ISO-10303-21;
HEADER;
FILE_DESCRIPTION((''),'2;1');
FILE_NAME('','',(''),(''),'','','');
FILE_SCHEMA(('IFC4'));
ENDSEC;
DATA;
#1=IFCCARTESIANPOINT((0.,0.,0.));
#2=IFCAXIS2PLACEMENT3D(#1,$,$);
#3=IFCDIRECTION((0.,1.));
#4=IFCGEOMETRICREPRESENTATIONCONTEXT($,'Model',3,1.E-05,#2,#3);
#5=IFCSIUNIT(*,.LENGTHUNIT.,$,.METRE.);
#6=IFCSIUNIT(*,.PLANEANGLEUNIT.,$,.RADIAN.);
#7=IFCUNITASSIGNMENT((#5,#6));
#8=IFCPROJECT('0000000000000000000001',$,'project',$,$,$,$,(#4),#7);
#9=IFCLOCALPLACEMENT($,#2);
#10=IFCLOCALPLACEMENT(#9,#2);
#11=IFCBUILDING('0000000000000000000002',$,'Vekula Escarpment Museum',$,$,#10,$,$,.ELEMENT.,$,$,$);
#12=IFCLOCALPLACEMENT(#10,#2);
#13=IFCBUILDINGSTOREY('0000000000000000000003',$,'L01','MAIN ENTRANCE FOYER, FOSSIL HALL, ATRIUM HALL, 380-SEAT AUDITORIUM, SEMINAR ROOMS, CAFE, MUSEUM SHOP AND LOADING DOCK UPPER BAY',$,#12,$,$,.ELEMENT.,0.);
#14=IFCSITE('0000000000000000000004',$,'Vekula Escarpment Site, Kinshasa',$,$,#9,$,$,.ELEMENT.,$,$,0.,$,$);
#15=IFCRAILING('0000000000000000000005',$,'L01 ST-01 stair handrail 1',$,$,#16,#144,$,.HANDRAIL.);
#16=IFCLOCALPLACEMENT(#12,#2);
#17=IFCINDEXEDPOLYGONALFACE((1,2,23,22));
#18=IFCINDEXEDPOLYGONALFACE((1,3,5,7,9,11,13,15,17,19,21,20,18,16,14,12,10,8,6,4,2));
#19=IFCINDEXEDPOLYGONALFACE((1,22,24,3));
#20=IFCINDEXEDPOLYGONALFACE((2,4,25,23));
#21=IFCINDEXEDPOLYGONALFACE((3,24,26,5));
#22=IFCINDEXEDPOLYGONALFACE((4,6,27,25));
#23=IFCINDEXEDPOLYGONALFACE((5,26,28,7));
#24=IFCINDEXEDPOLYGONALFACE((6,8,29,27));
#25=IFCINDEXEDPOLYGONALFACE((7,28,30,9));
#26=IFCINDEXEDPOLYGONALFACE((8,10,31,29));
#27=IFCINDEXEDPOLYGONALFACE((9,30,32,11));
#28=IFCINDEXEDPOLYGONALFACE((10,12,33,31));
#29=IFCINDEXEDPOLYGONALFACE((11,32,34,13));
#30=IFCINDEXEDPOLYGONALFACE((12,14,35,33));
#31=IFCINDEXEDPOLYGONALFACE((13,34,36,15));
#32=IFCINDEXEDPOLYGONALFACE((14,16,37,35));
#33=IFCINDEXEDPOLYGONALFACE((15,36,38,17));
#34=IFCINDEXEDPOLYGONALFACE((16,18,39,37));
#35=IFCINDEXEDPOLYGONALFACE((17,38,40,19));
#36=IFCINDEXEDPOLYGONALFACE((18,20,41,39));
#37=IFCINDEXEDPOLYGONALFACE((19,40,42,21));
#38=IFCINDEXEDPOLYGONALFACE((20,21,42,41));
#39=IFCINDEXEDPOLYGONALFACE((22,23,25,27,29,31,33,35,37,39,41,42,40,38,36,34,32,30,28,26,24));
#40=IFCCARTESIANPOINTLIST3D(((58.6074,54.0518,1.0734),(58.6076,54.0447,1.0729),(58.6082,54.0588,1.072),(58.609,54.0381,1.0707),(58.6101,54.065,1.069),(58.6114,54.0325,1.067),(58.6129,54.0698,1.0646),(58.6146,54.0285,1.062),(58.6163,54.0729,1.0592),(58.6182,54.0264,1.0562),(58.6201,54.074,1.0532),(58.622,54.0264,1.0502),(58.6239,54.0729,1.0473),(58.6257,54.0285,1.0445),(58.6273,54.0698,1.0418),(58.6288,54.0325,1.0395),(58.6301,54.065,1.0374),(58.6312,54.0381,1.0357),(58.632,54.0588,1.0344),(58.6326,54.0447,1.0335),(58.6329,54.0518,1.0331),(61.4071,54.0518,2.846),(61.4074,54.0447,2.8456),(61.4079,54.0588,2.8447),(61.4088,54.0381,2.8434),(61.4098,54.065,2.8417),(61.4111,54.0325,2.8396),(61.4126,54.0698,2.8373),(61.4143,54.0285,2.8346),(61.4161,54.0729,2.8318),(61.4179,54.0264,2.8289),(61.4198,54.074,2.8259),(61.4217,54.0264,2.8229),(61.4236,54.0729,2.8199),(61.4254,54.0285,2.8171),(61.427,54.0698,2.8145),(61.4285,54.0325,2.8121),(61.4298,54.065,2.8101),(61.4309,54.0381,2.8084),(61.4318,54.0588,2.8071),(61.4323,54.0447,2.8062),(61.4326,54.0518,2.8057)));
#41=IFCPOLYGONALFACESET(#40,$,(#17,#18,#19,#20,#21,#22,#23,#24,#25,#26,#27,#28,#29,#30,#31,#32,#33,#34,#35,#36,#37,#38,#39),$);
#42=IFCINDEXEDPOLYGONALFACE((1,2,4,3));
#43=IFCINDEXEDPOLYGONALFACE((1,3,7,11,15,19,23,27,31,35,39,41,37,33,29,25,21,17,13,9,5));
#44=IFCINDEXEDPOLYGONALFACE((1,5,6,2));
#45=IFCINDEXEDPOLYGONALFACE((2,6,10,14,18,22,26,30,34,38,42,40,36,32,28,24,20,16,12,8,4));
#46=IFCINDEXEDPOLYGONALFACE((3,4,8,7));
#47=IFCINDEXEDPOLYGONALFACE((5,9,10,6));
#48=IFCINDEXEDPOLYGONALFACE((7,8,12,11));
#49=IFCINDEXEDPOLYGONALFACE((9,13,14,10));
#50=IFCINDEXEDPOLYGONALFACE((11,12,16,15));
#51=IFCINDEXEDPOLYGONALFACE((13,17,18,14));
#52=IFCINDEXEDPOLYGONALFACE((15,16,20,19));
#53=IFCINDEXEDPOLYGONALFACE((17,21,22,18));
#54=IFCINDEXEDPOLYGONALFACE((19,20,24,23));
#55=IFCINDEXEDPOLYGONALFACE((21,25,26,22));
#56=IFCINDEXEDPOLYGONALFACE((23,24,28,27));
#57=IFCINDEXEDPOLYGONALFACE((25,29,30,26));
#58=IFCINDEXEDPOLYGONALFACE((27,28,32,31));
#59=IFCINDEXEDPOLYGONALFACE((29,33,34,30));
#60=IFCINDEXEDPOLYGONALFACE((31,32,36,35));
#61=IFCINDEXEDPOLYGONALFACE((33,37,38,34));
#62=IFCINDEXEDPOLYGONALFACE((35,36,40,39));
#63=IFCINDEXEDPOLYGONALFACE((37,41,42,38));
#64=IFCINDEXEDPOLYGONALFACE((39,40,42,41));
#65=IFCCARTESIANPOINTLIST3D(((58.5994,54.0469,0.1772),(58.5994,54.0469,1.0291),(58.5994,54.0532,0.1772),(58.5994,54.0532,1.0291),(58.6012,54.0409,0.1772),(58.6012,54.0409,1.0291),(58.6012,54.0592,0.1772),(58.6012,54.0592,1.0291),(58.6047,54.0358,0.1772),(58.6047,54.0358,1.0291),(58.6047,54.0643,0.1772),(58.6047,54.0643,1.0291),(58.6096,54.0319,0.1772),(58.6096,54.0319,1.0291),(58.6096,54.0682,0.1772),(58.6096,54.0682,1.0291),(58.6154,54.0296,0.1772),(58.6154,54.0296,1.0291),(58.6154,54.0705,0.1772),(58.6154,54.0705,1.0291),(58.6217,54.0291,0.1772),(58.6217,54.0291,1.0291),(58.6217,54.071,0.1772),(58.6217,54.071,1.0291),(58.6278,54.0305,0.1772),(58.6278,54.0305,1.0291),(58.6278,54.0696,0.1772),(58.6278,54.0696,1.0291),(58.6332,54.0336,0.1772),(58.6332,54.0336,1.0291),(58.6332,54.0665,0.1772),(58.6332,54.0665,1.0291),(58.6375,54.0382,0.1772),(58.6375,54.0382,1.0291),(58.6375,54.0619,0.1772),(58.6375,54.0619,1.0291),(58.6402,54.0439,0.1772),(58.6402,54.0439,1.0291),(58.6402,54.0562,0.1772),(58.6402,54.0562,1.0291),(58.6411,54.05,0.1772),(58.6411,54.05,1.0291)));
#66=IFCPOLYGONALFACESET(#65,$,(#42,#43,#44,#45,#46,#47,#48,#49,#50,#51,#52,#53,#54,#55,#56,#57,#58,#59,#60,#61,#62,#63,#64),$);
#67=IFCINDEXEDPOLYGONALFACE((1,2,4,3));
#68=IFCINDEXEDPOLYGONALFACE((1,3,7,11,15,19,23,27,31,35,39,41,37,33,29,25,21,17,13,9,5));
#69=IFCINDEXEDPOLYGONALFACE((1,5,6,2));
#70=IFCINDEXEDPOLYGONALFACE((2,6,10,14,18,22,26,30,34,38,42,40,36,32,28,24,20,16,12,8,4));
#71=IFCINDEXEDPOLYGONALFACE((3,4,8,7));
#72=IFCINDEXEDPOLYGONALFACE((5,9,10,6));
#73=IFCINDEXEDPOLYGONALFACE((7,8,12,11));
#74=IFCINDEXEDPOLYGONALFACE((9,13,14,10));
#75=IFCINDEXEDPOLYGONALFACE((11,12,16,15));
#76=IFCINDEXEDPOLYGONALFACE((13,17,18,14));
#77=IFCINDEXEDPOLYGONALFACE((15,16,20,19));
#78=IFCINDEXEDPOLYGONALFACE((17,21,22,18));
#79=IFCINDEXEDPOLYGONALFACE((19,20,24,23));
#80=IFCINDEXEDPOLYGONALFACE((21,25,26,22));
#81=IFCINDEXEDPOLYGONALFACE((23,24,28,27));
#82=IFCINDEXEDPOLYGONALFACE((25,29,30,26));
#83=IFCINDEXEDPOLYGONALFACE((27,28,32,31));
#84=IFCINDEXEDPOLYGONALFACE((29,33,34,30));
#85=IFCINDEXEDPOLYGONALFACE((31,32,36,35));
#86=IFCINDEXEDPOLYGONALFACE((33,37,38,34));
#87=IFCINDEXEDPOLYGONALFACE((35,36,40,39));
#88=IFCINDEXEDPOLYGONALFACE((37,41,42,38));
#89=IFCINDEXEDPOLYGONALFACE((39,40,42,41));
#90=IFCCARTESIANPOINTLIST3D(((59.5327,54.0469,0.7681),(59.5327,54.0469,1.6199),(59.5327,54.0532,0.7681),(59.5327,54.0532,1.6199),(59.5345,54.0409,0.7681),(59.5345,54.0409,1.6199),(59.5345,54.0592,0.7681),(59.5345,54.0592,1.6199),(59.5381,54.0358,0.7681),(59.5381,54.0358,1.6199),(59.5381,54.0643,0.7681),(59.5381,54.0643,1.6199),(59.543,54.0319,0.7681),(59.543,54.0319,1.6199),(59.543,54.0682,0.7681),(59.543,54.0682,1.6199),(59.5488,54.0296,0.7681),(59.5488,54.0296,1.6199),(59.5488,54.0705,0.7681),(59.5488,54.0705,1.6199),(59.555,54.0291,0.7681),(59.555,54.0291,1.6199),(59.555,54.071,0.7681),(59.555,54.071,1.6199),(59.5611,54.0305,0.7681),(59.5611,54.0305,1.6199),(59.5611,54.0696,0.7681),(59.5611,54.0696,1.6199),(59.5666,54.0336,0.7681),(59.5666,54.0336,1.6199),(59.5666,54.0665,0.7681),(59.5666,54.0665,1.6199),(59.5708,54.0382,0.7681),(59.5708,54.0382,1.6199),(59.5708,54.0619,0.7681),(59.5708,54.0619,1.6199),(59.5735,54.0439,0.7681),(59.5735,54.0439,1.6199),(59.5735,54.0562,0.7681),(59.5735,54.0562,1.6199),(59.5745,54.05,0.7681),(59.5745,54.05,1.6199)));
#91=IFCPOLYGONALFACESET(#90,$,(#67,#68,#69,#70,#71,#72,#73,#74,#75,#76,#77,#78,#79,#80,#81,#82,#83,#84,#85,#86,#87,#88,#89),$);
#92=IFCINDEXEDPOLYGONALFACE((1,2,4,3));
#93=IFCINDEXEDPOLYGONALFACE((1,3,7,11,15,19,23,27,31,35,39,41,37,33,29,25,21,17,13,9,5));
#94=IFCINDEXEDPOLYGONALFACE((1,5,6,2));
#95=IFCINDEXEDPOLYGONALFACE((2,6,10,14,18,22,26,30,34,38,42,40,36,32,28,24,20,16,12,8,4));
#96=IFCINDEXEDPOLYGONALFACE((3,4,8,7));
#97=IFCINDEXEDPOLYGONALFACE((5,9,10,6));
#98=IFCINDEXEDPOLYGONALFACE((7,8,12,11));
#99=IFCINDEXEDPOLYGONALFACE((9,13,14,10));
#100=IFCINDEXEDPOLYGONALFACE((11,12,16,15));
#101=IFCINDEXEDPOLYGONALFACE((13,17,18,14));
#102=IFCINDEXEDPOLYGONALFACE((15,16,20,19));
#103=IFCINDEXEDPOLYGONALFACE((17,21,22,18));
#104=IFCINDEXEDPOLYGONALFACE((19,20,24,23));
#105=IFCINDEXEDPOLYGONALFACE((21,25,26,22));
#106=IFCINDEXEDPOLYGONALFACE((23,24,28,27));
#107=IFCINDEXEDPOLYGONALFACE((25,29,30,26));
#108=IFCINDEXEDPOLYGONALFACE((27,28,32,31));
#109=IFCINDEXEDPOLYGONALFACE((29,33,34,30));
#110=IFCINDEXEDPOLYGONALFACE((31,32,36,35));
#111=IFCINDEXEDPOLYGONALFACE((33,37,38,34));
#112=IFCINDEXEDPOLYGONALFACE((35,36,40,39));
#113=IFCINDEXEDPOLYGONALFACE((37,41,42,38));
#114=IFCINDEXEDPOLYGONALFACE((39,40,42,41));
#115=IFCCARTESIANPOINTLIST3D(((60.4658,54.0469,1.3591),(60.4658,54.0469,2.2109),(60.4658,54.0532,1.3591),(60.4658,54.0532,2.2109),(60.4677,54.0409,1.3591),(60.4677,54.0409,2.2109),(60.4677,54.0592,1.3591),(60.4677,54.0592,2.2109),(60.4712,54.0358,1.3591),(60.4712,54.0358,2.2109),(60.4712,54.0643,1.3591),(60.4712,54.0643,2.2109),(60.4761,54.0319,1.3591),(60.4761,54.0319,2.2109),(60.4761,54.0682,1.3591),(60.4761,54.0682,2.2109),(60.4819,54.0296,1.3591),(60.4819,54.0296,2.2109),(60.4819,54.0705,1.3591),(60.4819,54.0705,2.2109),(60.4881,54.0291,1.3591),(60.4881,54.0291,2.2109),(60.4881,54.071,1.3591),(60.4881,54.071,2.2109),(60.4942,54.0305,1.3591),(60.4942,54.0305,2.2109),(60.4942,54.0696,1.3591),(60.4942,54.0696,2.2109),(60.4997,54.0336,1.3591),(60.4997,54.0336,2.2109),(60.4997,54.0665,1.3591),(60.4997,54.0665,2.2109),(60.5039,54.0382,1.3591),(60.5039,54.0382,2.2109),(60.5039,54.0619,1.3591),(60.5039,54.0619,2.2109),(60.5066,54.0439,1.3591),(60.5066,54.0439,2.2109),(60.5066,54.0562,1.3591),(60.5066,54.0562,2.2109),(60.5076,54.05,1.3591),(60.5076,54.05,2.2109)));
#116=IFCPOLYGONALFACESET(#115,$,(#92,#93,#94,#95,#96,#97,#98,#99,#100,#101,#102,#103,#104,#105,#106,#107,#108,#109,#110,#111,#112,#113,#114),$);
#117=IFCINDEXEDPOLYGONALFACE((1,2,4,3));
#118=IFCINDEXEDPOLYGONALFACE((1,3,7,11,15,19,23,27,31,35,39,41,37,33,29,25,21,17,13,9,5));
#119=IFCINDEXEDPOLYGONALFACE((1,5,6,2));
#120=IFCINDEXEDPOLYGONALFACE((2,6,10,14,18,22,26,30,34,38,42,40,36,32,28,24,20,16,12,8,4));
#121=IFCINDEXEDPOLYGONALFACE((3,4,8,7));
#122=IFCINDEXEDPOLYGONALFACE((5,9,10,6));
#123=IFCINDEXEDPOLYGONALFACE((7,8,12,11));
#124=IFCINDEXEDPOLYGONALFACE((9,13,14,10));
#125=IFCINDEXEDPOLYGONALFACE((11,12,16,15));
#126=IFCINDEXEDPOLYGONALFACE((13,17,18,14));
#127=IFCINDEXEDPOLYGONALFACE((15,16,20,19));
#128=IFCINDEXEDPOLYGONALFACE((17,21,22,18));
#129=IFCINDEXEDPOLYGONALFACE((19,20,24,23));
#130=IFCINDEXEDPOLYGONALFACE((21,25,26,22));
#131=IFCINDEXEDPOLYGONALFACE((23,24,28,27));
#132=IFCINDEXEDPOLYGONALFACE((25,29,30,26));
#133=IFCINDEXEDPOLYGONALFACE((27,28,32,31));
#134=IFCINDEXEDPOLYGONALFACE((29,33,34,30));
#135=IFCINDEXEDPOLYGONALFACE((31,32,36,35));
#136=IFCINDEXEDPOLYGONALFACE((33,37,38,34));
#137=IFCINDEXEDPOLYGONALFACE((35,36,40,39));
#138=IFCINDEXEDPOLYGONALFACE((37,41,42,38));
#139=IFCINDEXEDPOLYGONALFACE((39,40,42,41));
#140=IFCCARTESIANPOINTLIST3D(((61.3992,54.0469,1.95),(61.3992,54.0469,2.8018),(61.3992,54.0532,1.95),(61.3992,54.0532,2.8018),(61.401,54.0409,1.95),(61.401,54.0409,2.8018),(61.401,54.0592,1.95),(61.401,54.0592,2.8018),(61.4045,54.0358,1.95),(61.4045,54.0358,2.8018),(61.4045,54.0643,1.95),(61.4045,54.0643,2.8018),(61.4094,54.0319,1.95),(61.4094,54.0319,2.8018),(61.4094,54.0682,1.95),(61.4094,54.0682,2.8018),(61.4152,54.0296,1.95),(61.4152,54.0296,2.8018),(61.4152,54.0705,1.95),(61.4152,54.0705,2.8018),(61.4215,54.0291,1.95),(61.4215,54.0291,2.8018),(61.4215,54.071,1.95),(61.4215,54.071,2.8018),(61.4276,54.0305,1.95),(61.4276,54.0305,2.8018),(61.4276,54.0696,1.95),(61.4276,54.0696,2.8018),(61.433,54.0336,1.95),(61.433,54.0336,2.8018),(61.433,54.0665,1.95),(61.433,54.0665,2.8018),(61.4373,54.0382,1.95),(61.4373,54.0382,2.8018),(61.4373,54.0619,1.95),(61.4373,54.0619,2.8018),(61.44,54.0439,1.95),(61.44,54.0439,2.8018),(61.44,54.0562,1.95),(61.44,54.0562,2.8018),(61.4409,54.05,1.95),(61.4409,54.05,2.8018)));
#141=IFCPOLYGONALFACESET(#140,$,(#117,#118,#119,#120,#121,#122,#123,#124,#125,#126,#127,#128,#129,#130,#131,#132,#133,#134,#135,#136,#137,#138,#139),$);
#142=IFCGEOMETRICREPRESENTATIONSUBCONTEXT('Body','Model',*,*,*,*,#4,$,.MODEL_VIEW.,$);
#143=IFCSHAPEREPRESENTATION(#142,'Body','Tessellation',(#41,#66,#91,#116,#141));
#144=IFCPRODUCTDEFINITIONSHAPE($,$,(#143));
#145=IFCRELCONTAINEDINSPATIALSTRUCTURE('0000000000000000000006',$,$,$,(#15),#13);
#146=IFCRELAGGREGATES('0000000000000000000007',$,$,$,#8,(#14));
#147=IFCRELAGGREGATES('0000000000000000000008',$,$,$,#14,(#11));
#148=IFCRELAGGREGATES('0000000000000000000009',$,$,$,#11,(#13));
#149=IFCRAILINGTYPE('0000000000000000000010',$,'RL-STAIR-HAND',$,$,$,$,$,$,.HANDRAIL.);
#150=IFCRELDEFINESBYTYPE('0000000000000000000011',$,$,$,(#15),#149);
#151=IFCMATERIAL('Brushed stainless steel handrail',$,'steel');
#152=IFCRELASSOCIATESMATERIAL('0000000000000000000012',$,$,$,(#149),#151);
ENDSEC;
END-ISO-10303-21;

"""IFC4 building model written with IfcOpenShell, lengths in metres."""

from ifc_helpers import new_model, si_unit, direction, frame, origin, origin_2d, place, context, subcontext, project, spatial, circle, extrude, material, type_object, element, save


model = new_model("IFC4")

# Units and contexts
model_context = context("Model", 3, precision=1e-05, world=origin(), true_north=direction((0.0, 1.0)))
body_context = subcontext(model_context, "Body", "Model", "MODEL_VIEW")
ifc_project = project(units=[si_unit("LENGTHUNIT", "METRE"), si_unit("PLANEANGLEUNIT", "RADIAN")], contexts=[model_context])

# Site, building, storey
site_placement = place(None, origin())
site = spatial("IfcSite", under=ifc_project, at=site_placement, Name="Vekula Escarpment Site, Kinshasa", CompositionType="ELEMENT", RefElevation=0.0)
building_placement = place(site_placement, origin())
building = spatial("IfcBuilding", under=site, at=building_placement, Name="Vekula Escarpment Museum", CompositionType="ELEMENT")
storey_placement = place(building_placement, origin())
storey = spatial("IfcBuildingStorey", under=building, at=storey_placement, Name="L01", Description="MAIN ENTRANCE FOYER, FOSSIL HALL, ATRIUM HALL, 380-SEAT AUDITORIUM, SEMINAR ROOMS, CAFE, MUSEUM SHOP AND LOADING DOCK UPPER BAY", CompositionType="ELEMENT", Elevation=0.0)

# Railing
ifc_material_1 = material(Name="Brushed stainless steel handrail", Category="steel")
railing_type_1 = type_object("IfcRailingType", Name="RL-STAIR-HAND", PredefinedType="HANDRAIL", material=ifc_material_1)
railing_1_placement = place(storey_placement, frame((58.6201, 54.05, 0.1772)))
element("IfcRailing", 1, at=railing_1_placement, inside=storey, type_object=railing_type_1, Name="L01 ST-01 stair handrail 1", PredefinedType="HANDRAIL", context=body_context, shape_type="SweptSolid", body=[
    extrude(circle(Radius=0.0239, at=origin_2d()), frame((0.0, 0.0, 0.876), z_axis=(0.844888, 0.0, 0.534943), x_axis=(0.0, 1.0, 0.0)), (0.0, 0.0, 1.0), 3.3137),
    extrude(circle(Radius=0.021, at=origin_2d()), origin(), (0.0, 0.0, 1.0), 0.8518),
    extrude(circle(Radius=0.021, at=origin_2d()), frame((0.9333, 0.0, 0.5908)), (0.0, 0.0, 1.0), 0.8518),
    extrude(circle(Radius=0.021, at=origin_2d()), frame((1.8665, 0.0, 1.1819)), (0.0, 0.0, 1.0), 0.8518),
    extrude(circle(Radius=0.021, at=origin_2d()), frame((2.7998, 0.0, 1.7727)), (0.0, 0.0, 1.0), 0.8518),
])

save(model, "model.ifc")
